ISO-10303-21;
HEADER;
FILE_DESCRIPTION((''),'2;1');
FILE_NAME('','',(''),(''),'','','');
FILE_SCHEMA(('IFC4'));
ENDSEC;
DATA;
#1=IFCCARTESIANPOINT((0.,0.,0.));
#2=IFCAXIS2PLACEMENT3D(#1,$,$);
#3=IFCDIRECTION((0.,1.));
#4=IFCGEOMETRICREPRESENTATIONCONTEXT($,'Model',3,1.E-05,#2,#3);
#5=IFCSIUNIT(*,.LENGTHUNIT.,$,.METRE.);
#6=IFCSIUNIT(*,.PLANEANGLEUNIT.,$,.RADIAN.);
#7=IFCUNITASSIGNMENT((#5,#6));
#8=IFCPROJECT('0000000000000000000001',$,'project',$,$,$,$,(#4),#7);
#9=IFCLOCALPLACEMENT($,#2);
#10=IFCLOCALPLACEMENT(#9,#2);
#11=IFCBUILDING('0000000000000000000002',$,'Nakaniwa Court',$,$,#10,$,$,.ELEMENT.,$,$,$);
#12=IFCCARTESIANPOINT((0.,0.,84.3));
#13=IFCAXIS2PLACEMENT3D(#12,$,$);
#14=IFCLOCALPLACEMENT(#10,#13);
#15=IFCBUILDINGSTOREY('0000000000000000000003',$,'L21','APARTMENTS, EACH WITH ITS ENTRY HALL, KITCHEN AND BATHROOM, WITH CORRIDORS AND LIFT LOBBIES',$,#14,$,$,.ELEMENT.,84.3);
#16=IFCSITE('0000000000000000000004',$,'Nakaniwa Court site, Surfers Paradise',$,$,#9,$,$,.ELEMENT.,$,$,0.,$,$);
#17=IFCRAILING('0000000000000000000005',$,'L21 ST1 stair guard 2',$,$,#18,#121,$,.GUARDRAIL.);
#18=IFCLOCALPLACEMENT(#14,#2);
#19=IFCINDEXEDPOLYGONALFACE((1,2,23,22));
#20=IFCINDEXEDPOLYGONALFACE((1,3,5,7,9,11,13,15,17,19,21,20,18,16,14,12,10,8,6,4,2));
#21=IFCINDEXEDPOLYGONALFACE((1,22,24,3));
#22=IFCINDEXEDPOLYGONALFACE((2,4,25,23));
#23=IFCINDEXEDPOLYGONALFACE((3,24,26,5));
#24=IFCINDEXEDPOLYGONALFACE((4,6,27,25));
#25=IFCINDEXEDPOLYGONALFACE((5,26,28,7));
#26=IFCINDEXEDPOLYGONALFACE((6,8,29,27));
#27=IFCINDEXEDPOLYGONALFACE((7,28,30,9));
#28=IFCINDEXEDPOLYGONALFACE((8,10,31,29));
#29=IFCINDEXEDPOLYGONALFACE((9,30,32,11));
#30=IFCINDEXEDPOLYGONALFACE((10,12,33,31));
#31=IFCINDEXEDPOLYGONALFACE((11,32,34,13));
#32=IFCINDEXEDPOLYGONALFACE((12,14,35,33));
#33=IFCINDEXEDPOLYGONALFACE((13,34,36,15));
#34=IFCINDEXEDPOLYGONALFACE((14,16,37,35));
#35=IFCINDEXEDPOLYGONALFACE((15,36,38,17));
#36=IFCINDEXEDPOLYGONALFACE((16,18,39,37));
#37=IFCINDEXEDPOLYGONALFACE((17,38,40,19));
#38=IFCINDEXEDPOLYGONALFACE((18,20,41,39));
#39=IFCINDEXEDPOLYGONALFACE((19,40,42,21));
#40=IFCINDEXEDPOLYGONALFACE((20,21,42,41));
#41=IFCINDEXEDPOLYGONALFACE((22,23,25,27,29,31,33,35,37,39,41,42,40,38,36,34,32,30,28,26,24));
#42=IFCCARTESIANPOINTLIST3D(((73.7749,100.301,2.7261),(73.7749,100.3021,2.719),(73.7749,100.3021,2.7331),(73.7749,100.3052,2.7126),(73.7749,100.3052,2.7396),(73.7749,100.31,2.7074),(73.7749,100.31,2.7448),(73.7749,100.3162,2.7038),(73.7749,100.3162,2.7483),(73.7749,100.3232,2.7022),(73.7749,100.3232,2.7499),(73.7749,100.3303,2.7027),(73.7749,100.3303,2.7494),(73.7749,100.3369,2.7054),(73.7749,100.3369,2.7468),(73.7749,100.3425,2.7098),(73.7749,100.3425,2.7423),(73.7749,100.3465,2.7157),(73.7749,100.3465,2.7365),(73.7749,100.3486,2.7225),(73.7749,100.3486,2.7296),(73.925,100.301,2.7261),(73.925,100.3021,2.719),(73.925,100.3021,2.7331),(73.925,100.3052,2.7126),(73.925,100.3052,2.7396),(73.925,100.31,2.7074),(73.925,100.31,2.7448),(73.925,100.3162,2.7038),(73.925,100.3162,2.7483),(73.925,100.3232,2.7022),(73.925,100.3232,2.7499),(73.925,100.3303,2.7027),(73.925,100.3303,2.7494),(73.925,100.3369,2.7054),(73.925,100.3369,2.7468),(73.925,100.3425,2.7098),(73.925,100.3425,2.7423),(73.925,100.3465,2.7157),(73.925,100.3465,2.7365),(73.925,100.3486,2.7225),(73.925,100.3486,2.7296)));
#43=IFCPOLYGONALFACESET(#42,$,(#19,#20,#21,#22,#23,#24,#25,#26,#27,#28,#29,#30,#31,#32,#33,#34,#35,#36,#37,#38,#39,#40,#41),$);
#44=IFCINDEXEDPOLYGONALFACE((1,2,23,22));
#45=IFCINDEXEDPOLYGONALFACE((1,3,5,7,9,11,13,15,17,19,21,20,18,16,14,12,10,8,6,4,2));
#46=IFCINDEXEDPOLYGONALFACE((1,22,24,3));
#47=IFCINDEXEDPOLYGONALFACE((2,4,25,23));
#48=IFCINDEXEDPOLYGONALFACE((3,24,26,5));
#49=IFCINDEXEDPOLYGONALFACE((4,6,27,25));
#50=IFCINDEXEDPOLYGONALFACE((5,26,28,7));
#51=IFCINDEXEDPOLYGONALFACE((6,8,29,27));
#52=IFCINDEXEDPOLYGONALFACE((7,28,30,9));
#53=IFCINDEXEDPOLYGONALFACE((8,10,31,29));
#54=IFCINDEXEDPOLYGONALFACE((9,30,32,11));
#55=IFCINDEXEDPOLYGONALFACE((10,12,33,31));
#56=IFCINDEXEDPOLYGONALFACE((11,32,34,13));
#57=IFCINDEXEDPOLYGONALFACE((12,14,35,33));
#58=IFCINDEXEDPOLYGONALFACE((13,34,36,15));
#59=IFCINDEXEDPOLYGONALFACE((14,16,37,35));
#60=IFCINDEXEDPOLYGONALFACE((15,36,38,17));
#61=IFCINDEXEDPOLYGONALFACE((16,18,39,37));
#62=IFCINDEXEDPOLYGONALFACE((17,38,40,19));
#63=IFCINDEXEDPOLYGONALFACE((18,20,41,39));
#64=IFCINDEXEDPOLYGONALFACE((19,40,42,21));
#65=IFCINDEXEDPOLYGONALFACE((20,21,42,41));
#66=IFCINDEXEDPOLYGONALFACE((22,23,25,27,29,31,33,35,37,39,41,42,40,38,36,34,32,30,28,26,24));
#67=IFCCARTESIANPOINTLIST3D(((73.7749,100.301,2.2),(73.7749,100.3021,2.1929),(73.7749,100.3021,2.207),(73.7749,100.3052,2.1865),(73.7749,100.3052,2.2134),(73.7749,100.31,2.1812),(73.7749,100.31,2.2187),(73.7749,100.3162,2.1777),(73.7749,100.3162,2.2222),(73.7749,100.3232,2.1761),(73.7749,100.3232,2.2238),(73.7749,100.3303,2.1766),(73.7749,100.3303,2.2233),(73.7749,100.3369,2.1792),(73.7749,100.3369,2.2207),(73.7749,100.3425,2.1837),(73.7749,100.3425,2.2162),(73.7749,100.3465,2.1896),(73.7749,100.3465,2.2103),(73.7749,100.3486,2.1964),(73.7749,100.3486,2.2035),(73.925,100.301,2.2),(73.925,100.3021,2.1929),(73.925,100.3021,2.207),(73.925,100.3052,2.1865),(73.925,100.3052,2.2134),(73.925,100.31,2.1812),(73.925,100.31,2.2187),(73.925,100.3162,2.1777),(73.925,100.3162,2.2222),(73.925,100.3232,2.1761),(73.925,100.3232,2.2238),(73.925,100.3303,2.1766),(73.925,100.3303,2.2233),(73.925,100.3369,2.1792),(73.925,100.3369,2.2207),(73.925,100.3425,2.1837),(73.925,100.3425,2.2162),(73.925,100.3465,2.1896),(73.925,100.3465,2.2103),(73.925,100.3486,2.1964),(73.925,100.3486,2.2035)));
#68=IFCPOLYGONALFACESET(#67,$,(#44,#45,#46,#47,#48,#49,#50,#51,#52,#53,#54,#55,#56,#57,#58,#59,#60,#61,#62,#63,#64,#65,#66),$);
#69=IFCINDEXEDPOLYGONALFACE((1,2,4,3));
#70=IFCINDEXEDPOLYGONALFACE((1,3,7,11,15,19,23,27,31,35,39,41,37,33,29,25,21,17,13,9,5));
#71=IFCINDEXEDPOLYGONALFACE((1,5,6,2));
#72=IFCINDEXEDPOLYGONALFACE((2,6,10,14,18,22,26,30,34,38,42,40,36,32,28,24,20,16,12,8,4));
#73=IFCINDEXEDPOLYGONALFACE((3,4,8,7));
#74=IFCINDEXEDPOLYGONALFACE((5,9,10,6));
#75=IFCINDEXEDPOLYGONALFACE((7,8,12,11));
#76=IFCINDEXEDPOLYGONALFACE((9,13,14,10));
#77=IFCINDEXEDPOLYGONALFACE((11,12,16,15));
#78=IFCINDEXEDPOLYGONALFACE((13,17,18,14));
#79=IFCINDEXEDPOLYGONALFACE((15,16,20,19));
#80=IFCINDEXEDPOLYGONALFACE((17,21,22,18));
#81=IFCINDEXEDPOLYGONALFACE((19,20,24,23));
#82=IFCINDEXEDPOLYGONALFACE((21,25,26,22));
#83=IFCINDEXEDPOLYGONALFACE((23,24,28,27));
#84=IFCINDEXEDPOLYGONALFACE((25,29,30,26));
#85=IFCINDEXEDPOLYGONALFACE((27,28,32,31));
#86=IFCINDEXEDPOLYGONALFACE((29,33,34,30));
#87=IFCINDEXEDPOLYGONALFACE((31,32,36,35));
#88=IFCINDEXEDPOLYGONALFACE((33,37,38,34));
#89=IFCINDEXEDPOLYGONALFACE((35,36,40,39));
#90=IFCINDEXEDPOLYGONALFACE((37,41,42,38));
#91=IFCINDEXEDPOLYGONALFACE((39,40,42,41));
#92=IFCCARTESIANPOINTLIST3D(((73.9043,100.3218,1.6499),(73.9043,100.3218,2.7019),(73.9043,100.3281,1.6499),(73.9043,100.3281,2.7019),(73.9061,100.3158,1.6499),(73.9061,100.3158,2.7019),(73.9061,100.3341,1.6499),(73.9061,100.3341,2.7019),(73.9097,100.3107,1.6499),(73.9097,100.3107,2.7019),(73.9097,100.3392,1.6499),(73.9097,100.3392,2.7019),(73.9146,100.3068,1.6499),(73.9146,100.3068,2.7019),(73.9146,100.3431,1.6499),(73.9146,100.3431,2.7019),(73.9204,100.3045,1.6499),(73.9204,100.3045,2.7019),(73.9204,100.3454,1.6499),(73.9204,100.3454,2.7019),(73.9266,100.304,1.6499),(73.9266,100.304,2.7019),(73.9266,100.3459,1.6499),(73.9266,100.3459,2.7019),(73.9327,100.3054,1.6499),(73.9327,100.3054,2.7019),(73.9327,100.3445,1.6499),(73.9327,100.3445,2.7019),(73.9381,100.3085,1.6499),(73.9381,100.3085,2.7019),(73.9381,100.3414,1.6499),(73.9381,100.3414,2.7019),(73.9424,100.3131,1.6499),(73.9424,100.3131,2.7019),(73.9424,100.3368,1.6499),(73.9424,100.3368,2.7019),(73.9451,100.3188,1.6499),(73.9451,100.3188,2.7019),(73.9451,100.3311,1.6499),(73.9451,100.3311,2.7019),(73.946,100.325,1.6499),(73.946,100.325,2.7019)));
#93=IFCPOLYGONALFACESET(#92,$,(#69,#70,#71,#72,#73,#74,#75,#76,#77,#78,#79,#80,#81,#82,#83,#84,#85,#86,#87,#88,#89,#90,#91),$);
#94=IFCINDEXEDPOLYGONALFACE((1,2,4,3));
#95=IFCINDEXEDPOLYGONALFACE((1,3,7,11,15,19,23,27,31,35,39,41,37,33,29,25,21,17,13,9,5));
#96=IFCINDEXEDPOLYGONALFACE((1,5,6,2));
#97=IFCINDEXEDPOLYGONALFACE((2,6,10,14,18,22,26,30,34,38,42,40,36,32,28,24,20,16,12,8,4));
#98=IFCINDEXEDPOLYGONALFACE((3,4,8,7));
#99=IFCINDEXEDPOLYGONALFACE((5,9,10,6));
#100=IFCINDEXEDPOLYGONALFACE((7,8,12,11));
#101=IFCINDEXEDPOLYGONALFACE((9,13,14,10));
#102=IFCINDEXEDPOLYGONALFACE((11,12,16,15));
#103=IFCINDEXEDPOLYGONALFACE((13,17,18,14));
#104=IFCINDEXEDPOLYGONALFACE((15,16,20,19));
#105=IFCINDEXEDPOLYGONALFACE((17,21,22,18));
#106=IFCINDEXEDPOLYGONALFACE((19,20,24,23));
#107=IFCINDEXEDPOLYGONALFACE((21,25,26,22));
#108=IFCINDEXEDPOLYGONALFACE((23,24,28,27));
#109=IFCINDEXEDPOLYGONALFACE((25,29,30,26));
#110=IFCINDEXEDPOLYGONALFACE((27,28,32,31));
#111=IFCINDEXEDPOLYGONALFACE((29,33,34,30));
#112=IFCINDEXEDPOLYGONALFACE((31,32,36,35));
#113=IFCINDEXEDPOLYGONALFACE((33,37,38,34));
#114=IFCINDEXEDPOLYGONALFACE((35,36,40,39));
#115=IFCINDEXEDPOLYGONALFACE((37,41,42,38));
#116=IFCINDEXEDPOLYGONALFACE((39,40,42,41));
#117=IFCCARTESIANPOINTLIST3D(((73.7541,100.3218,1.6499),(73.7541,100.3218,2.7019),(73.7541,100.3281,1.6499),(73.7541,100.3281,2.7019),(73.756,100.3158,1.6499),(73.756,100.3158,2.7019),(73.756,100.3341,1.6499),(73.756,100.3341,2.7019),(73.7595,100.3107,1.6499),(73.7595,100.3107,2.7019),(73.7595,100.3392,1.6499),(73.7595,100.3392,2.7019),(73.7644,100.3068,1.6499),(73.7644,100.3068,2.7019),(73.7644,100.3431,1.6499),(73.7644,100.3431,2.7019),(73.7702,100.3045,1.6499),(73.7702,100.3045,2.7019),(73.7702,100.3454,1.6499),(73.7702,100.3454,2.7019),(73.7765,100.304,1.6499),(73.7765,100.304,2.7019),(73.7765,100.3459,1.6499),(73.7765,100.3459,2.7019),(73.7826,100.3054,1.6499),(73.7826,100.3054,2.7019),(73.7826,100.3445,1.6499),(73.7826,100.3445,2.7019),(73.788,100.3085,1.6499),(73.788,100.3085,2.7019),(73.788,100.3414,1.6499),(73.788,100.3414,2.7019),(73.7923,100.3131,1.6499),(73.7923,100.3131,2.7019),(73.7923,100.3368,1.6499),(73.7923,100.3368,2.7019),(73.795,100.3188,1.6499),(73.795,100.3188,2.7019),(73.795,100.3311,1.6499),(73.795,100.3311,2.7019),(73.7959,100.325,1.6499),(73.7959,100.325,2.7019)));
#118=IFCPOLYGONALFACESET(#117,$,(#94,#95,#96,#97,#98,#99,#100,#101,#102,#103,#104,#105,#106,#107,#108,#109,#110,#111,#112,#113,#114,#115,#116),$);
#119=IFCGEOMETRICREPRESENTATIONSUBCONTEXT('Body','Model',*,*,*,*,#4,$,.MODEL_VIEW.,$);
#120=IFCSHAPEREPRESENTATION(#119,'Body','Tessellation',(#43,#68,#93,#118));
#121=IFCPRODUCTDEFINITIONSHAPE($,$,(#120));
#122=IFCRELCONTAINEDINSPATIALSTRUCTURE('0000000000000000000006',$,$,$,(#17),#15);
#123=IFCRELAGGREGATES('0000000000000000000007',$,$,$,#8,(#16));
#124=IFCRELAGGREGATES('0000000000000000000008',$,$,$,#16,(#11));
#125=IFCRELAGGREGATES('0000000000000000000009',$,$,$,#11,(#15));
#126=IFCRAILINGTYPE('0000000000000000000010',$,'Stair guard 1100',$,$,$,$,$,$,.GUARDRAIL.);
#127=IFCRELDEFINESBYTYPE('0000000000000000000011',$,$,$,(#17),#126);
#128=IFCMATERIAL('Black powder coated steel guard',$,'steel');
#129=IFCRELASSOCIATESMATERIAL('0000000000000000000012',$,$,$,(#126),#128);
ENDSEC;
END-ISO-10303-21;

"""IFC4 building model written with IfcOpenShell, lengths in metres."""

from ifc_helpers import new_model, si_unit, direction, frame, origin, origin_2d, place, context, subcontext, project, spatial, circle, extrude, material, type_object, element, save


model = new_model("IFC4")

# Units and contexts
model_context = context("Model", 3, precision=1e-05, world=origin(), true_north=direction((0.0, 1.0)))
body_context = subcontext(model_context, "Body", "Model", "MODEL_VIEW")
ifc_project = project(units=[si_unit("LENGTHUNIT", "METRE"), si_unit("PLANEANGLEUNIT", "RADIAN")], contexts=[model_context])

# Site, building, storey
site_placement = place(None, origin())
site = spatial("IfcSite", under=ifc_project, at=site_placement, Name="Nakaniwa Court site, Surfers Paradise", CompositionType="ELEMENT", RefElevation=0.0)
building_placement = place(site_placement, origin())
building = spatial("IfcBuilding", under=site, at=building_placement, Name="Nakaniwa Court", CompositionType="ELEMENT")
storey_placement = place(building_placement, frame((0.0, 0.0, 84.3)))
storey = spatial("IfcBuildingStorey", under=building, at=storey_placement, Name="L21", Description="APARTMENTS, EACH WITH ITS ENTRY HALL, KITCHEN AND BATHROOM, WITH CORRIDORS AND LIFT LOBBIES", CompositionType="ELEMENT", Elevation=84.3)

# Railing
ifc_material_1 = material(Name="Black powder coated steel guard", Category="steel")
railing_type_1 = type_object("IfcRailingType", Name="Stair guard 1100", PredefinedType="GUARDRAIL", material=ifc_material_1)
railing_1_placement = place(storey_placement, frame((73.925, 100.325, 1.6499)))
element("IfcRailing", 1, at=railing_1_placement, inside=storey, type_object=railing_type_1, Name="L21 ST1 stair guard 2", PredefinedType="GUARDRAIL", context=body_context, shape_type="SweptSolid", body=[
    extrude(circle(Radius=0.0239, at=origin_2d()), frame((0.0, 0.0, 1.0762), z_axis=(-1.0, 0.0, 0.0), x_axis=(0.0, -1.0, 0.0)), (0.0, 0.0, 1.0), 0.1501),
    extrude(circle(Radius=0.0239, at=origin_2d()), frame((0.0, 0.0, 0.55), z_axis=(-1.0, 0.0, 0.0), x_axis=(0.0, -1.0, 0.0)), (0.0, 0.0, 1.0), 0.1501),
    extrude(circle(Radius=0.021, at=origin_2d()), origin(), (0.0, 0.0, 1.0), 1.052),
    extrude(circle(Radius=0.021, at=origin_2d()), frame((-0.1501, 0.0, 0.0)), (0.0, 0.0, 1.0), 1.052),
])

save(model, "model.ifc")
